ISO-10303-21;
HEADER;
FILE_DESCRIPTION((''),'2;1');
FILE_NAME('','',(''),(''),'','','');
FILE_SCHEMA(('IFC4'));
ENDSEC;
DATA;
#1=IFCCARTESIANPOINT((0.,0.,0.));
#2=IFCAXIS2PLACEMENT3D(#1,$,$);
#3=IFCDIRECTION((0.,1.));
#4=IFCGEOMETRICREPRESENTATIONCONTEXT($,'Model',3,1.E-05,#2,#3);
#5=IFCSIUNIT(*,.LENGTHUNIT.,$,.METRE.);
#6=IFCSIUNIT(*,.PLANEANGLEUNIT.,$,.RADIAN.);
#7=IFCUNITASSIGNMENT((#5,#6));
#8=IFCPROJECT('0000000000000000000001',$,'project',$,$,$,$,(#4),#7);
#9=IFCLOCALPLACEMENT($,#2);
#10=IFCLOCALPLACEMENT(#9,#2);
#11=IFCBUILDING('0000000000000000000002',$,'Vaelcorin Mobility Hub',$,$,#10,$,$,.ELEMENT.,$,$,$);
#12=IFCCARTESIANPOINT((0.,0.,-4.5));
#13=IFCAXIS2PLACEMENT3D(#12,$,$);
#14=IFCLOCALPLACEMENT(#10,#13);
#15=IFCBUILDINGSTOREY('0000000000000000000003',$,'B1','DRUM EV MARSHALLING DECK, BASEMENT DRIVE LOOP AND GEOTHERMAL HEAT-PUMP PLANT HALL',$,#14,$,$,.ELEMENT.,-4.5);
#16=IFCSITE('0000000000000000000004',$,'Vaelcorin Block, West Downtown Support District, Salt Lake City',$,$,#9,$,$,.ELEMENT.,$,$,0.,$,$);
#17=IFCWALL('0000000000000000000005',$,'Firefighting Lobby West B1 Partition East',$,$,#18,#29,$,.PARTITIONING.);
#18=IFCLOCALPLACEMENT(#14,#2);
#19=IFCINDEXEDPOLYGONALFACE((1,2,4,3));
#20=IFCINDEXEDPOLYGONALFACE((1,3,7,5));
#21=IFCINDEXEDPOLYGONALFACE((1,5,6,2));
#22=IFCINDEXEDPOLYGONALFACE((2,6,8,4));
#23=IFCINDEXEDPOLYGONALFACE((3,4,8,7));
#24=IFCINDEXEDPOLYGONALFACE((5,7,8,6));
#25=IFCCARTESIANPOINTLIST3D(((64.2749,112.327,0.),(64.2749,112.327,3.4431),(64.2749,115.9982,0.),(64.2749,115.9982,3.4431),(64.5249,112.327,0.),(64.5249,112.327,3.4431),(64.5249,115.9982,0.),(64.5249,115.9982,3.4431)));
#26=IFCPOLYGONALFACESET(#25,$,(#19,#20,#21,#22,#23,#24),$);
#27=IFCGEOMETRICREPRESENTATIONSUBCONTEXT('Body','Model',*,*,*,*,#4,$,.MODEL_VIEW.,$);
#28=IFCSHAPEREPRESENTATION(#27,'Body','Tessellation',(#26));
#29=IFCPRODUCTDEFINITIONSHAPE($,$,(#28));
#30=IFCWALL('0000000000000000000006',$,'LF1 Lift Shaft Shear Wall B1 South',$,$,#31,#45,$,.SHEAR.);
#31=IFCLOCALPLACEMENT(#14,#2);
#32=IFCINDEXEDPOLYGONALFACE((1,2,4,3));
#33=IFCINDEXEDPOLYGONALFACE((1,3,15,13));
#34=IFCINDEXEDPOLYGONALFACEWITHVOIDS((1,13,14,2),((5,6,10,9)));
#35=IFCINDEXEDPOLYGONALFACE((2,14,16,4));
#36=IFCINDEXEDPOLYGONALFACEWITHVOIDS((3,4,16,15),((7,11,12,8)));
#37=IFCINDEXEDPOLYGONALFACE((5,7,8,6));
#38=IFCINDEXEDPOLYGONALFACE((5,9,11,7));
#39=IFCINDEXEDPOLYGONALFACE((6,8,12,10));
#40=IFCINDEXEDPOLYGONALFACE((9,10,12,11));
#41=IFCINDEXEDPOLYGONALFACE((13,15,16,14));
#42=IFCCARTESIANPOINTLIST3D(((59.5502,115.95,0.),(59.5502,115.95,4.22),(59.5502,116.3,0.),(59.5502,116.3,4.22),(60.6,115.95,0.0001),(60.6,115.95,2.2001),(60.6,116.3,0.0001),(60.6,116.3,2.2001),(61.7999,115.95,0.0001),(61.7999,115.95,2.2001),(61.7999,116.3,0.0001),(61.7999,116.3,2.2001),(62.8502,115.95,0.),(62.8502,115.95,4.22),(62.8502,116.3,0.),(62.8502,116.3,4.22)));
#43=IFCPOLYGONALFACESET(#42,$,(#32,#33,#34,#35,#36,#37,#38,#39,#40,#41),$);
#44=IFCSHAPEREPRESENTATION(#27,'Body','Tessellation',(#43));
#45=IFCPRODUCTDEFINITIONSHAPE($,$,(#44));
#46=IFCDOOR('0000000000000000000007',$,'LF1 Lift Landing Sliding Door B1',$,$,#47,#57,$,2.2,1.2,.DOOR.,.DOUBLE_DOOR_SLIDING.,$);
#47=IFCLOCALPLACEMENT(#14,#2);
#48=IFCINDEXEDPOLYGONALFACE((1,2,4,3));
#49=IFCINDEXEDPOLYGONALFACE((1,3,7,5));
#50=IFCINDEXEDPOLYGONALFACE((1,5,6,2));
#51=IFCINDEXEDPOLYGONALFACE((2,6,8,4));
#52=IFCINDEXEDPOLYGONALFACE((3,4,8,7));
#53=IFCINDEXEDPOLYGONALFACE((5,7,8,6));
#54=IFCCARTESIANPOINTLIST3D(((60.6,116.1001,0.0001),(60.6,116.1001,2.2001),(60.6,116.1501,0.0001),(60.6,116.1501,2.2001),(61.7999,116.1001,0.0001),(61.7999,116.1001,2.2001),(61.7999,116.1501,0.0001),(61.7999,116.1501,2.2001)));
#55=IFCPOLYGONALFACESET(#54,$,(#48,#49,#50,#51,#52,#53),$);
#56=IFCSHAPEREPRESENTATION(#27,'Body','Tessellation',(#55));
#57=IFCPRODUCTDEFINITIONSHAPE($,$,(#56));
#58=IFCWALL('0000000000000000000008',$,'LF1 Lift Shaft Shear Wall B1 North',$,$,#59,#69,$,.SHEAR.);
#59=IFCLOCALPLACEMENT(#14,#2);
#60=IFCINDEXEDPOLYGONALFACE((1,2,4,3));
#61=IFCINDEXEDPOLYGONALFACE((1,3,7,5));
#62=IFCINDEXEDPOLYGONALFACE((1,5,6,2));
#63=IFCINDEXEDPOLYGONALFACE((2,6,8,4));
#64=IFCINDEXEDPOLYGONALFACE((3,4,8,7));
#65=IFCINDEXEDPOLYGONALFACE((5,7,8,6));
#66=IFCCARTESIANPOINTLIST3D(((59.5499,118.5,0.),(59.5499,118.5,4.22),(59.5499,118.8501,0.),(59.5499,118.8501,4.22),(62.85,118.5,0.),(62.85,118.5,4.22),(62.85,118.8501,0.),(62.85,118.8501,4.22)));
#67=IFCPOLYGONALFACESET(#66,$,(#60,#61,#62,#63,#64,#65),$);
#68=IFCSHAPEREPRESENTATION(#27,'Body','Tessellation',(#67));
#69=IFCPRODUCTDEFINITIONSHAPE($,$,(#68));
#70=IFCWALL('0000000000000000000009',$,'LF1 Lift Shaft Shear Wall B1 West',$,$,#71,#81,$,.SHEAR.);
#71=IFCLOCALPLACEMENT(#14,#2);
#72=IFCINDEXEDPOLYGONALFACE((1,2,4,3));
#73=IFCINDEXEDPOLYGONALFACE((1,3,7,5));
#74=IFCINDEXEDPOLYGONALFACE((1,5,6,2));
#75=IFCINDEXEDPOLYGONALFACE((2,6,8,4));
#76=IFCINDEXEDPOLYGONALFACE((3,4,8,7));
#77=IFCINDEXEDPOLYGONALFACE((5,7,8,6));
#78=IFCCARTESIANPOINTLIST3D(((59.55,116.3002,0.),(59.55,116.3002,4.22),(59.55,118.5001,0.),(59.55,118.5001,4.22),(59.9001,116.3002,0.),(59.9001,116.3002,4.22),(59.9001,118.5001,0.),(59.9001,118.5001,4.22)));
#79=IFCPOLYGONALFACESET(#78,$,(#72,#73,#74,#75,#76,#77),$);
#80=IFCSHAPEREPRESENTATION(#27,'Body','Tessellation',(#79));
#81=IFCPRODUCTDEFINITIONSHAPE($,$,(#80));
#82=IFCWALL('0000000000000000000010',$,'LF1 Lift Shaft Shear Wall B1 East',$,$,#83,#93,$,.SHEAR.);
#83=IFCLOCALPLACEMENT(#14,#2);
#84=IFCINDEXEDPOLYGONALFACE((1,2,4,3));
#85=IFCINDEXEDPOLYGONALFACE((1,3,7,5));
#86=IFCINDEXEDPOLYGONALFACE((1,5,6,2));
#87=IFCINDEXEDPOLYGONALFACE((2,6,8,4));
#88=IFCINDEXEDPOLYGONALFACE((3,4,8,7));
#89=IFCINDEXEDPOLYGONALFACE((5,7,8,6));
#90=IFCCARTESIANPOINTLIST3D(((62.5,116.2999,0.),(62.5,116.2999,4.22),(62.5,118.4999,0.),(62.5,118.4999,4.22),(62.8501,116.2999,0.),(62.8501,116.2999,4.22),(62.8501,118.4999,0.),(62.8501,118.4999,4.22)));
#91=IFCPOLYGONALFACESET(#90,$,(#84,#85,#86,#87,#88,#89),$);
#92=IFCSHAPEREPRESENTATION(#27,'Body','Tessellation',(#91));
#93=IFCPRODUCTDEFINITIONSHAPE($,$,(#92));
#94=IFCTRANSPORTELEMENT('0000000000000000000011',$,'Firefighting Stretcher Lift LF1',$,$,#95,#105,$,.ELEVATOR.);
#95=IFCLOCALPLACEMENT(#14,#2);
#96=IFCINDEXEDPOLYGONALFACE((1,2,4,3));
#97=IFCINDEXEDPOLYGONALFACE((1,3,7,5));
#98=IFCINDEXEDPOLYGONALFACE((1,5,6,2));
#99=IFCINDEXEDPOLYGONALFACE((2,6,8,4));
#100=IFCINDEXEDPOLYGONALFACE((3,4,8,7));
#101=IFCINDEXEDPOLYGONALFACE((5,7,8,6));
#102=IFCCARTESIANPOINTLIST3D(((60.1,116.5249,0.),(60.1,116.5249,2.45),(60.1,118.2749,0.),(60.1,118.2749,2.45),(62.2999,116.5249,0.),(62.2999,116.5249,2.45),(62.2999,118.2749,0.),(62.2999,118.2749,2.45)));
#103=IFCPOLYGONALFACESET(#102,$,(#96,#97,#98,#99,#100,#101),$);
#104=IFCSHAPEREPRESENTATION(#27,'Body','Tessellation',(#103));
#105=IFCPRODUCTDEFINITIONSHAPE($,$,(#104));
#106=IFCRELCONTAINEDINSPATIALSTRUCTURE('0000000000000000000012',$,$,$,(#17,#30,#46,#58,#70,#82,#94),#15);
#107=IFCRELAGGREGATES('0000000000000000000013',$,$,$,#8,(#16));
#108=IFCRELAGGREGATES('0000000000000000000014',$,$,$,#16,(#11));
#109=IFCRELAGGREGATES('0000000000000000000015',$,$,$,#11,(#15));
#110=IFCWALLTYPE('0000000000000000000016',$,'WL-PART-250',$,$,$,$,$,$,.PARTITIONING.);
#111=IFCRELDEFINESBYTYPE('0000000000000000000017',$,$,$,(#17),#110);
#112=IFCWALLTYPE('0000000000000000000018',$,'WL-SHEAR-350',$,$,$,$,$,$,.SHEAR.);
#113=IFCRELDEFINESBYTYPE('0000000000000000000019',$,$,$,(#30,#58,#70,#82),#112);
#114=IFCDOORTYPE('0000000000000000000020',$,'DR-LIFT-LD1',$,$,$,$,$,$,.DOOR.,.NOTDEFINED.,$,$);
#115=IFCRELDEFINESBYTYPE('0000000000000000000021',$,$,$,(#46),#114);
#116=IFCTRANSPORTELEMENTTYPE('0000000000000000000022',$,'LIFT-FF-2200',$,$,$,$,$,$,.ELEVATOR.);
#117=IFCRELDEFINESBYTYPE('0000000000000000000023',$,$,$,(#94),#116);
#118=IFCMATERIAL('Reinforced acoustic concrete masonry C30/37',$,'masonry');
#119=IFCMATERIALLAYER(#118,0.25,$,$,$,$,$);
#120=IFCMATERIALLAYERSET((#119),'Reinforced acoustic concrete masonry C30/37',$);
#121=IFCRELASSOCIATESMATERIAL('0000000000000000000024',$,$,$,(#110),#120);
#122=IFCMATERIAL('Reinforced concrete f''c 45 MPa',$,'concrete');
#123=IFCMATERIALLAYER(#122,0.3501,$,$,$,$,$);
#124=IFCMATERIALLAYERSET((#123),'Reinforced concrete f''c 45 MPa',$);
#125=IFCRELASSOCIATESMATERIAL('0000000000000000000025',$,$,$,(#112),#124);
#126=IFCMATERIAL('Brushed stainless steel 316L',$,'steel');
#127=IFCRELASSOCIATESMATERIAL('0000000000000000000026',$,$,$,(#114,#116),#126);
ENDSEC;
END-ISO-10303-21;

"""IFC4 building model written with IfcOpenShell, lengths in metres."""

from ifc_helpers import new_model, si_unit, direction, frame, frame_2d, origin, origin_2d, place, context, subcontext, project, spatial, rectangle, extrude, material, layer, layer_set, type_object, element, fill, save


model = new_model("IFC4")

# Units and contexts
model_context = context("Model", 3, precision=1e-05, world=origin(), true_north=direction((0.0, 1.0)))
body_context = subcontext(model_context, "Body", "Model", "MODEL_VIEW")
ifc_project = project(units=[si_unit("LENGTHUNIT", "METRE"), si_unit("PLANEANGLEUNIT", "RADIAN")], contexts=[model_context])

# Site, building, storey
site_placement = place(None, origin())
site = spatial("IfcSite", under=ifc_project, at=site_placement, Name="Vaelcorin Block, West Downtown Support District, Salt Lake City", CompositionType="ELEMENT", RefElevation=0.0)
building_placement = place(site_placement, origin())
building = spatial("IfcBuilding", under=site, at=building_placement, Name="Vaelcorin Mobility Hub", CompositionType="ELEMENT")
storey_placement = place(building_placement, frame((0.0, 0.0, -4.5)))
storey = spatial("IfcBuildingStorey", under=building, at=storey_placement, Name="B1", Description="DRUM EV MARSHALLING DECK, BASEMENT DRIVE LOOP AND GEOTHERMAL HEAT-PUMP PLANT HALL", CompositionType="ELEMENT", Elevation=-4.5)

# Wall
ifc_material_1 = material(Name="Reinforced acoustic concrete masonry C30/37", Category="masonry")
ifc_layer_1 = layer(ifc_material_1, 0.25)
ifc_layer_set_1 = layer_set([ifc_layer_1], Name="Reinforced acoustic concrete masonry C30/37")
wall_type_1 = type_object("IfcWallType", Name="WL-PART-250", PredefinedType="PARTITIONING", material=ifc_layer_set_1)
wall_1_placement = place(storey_placement, frame((64.3999, 115.998, 0.0), z_axis=(0.0, 0.0, 1.0), x_axis=(0.0, -1.0, 0.0)))
element("IfcWall", 1, at=wall_1_placement, inside=storey, type_object=wall_type_1, Name="Firefighting Lobby West B1 Partition East", PredefinedType="PARTITIONING", context=body_context, shape_type="SweptSolid", body=[
    extrude(rectangle(XDim=3.6711, YDim=0.25, at=frame_2d((1.8354, 0.0))), origin(), (0.0, 0.0, 1.0), 3.4431),
])

# Wall, opening, door
ifc_material_2 = material(Name="Reinforced concrete f'c 45 MPa", Category="concrete")
ifc_layer_2 = layer(ifc_material_2, 0.3501)
ifc_layer_set_2 = layer_set([ifc_layer_2], Name="Reinforced concrete f'c 45 MPa")
wall_type_2 = type_object("IfcWallType", Name="WL-SHEAR-350", PredefinedType="SHEAR", material=ifc_layer_set_2)
wall_2_placement = place(storey_placement, frame((62.8501, 116.125, 0.0), z_axis=(0.0, 0.0, 1.0), x_axis=(-1.0, 0.0, 0.0)))
wall_2 = element("IfcWall", 2, at=wall_2_placement, inside=storey, type_object=wall_type_2, Name="LF1 Lift Shaft Shear Wall B1 South", PredefinedType="SHEAR", context=body_context, shape_type="SweptSolid", body=[
    extrude(rectangle(XDim=3.3, YDim=0.3501, at=frame_2d((1.6499, 0.0))), origin(), (0.0, 0.0, 1.0), 4.22),
])
opening_placement = place(wall_2_placement, frame((1.05, 0.0, 0.0)))
opening = element("IfcOpeningElement", 3, at=opening_placement, cuts=wall_2, PredefinedType="OPENING", context=body_context, shape_type="SweptSolid", body=[
    extrude(rectangle(XDim=1.2, YDim=2.2, at=frame_2d((0.6001, 1.1001))), frame((0.0, 0.1851, 0.0), z_axis=(0.0, -1.0, 0.0), x_axis=(1.0, 0.0, 0.0)), (0.0, 0.0, 1.0), 0.3701),
])
ifc_material_3 = material(Name="Brushed stainless steel 316L", Category="steel")
door_type = type_object("IfcDoorType", Name="DR-LIFT-LD1", OperationType="NOTDEFINED", PredefinedType="DOOR", material=ifc_material_3)
door_placement = place(opening_placement, origin())
door = element("IfcDoor", 4, at=door_placement, inside=storey, type_object=door_type, Name="LF1 Lift Landing Sliding Door B1", OperationType="DOUBLE_DOOR_SLIDING", OverallHeight=2.2, OverallWidth=1.2, PredefinedType="DOOR", context=body_context, shape_type="SweptSolid", body=[
    extrude(rectangle(XDim=1.2, YDim=2.2, at=frame_2d((0.6001, 1.1001))), frame((0.0, 0.0249, 0.0), z_axis=(0.0, -1.0, 0.0), x_axis=(1.0, 0.0, 0.0)), (0.0, 0.0, 1.0), 0.05),
])
fill(opening, door)

# Walls
wall_3_placement = place(storey_placement, frame((59.55, 118.675, 0.0), z_axis=(0.0, 0.0, 1.0), x_axis=(1.0, 0.0, 0.0)))
element("IfcWall", 5, at=wall_3_placement, inside=storey, type_object=wall_type_2, Name="LF1 Lift Shaft Shear Wall B1 North", PredefinedType="SHEAR", context=body_context, shape_type="SweptSolid", body=[
    extrude(rectangle(XDim=3.3, YDim=0.3501, at=frame_2d((1.6499, 0.0))), origin(), (0.0, 0.0, 1.0), 4.22),
])
for number, where, z_axis, x_axis, name in (
    (6, (59.7251, 116.3, 0.0), (0.0, 0.0, 1.0), (0.0, 1.0, 0.0), "LF1 Lift Shaft Shear Wall B1 West"),
    (7, (62.675, 118.5, 0.0), (0.0, 0.0, 1.0), (0.0, -1.0, 0.0), "LF1 Lift Shaft Shear Wall B1 East"),
):
    element("IfcWall", number, at=place(storey_placement, frame(where, z_axis=z_axis, x_axis=x_axis)), inside=storey, type_object=wall_type_2, Name=name, PredefinedType="SHEAR", context=body_context, shape_type="SweptSolid", body=[
        extrude(rectangle(XDim=2.2, YDim=0.3501, at=frame_2d((1.1001, 0.0))), origin(), (0.0, 0.0, 1.0), 4.22),
    ])

# Transport element
transport_element_type = type_object("IfcTransportElementType", Name="LIFT-FF-2200", PredefinedType="ELEVATOR", material=ifc_material_3)
transport_element_placement = place(storey_placement, frame((61.2, 117.3999, 0.0), z_axis=(0.0, 0.0, 1.0), x_axis=(1.0, 0.0, 0.0)))
element("IfcTransportElement", 8, at=transport_element_placement, inside=storey, type_object=transport_element_type, Name="Firefighting Stretcher Lift LF1", PredefinedType="ELEVATOR", context=body_context, shape_type="SweptSolid", body=[
    extrude(rectangle(XDim=2.2, YDim=1.75, at=origin_2d()), origin(), (0.0, 0.0, 1.0), 2.45),
])

save(model, "model.ifc")
